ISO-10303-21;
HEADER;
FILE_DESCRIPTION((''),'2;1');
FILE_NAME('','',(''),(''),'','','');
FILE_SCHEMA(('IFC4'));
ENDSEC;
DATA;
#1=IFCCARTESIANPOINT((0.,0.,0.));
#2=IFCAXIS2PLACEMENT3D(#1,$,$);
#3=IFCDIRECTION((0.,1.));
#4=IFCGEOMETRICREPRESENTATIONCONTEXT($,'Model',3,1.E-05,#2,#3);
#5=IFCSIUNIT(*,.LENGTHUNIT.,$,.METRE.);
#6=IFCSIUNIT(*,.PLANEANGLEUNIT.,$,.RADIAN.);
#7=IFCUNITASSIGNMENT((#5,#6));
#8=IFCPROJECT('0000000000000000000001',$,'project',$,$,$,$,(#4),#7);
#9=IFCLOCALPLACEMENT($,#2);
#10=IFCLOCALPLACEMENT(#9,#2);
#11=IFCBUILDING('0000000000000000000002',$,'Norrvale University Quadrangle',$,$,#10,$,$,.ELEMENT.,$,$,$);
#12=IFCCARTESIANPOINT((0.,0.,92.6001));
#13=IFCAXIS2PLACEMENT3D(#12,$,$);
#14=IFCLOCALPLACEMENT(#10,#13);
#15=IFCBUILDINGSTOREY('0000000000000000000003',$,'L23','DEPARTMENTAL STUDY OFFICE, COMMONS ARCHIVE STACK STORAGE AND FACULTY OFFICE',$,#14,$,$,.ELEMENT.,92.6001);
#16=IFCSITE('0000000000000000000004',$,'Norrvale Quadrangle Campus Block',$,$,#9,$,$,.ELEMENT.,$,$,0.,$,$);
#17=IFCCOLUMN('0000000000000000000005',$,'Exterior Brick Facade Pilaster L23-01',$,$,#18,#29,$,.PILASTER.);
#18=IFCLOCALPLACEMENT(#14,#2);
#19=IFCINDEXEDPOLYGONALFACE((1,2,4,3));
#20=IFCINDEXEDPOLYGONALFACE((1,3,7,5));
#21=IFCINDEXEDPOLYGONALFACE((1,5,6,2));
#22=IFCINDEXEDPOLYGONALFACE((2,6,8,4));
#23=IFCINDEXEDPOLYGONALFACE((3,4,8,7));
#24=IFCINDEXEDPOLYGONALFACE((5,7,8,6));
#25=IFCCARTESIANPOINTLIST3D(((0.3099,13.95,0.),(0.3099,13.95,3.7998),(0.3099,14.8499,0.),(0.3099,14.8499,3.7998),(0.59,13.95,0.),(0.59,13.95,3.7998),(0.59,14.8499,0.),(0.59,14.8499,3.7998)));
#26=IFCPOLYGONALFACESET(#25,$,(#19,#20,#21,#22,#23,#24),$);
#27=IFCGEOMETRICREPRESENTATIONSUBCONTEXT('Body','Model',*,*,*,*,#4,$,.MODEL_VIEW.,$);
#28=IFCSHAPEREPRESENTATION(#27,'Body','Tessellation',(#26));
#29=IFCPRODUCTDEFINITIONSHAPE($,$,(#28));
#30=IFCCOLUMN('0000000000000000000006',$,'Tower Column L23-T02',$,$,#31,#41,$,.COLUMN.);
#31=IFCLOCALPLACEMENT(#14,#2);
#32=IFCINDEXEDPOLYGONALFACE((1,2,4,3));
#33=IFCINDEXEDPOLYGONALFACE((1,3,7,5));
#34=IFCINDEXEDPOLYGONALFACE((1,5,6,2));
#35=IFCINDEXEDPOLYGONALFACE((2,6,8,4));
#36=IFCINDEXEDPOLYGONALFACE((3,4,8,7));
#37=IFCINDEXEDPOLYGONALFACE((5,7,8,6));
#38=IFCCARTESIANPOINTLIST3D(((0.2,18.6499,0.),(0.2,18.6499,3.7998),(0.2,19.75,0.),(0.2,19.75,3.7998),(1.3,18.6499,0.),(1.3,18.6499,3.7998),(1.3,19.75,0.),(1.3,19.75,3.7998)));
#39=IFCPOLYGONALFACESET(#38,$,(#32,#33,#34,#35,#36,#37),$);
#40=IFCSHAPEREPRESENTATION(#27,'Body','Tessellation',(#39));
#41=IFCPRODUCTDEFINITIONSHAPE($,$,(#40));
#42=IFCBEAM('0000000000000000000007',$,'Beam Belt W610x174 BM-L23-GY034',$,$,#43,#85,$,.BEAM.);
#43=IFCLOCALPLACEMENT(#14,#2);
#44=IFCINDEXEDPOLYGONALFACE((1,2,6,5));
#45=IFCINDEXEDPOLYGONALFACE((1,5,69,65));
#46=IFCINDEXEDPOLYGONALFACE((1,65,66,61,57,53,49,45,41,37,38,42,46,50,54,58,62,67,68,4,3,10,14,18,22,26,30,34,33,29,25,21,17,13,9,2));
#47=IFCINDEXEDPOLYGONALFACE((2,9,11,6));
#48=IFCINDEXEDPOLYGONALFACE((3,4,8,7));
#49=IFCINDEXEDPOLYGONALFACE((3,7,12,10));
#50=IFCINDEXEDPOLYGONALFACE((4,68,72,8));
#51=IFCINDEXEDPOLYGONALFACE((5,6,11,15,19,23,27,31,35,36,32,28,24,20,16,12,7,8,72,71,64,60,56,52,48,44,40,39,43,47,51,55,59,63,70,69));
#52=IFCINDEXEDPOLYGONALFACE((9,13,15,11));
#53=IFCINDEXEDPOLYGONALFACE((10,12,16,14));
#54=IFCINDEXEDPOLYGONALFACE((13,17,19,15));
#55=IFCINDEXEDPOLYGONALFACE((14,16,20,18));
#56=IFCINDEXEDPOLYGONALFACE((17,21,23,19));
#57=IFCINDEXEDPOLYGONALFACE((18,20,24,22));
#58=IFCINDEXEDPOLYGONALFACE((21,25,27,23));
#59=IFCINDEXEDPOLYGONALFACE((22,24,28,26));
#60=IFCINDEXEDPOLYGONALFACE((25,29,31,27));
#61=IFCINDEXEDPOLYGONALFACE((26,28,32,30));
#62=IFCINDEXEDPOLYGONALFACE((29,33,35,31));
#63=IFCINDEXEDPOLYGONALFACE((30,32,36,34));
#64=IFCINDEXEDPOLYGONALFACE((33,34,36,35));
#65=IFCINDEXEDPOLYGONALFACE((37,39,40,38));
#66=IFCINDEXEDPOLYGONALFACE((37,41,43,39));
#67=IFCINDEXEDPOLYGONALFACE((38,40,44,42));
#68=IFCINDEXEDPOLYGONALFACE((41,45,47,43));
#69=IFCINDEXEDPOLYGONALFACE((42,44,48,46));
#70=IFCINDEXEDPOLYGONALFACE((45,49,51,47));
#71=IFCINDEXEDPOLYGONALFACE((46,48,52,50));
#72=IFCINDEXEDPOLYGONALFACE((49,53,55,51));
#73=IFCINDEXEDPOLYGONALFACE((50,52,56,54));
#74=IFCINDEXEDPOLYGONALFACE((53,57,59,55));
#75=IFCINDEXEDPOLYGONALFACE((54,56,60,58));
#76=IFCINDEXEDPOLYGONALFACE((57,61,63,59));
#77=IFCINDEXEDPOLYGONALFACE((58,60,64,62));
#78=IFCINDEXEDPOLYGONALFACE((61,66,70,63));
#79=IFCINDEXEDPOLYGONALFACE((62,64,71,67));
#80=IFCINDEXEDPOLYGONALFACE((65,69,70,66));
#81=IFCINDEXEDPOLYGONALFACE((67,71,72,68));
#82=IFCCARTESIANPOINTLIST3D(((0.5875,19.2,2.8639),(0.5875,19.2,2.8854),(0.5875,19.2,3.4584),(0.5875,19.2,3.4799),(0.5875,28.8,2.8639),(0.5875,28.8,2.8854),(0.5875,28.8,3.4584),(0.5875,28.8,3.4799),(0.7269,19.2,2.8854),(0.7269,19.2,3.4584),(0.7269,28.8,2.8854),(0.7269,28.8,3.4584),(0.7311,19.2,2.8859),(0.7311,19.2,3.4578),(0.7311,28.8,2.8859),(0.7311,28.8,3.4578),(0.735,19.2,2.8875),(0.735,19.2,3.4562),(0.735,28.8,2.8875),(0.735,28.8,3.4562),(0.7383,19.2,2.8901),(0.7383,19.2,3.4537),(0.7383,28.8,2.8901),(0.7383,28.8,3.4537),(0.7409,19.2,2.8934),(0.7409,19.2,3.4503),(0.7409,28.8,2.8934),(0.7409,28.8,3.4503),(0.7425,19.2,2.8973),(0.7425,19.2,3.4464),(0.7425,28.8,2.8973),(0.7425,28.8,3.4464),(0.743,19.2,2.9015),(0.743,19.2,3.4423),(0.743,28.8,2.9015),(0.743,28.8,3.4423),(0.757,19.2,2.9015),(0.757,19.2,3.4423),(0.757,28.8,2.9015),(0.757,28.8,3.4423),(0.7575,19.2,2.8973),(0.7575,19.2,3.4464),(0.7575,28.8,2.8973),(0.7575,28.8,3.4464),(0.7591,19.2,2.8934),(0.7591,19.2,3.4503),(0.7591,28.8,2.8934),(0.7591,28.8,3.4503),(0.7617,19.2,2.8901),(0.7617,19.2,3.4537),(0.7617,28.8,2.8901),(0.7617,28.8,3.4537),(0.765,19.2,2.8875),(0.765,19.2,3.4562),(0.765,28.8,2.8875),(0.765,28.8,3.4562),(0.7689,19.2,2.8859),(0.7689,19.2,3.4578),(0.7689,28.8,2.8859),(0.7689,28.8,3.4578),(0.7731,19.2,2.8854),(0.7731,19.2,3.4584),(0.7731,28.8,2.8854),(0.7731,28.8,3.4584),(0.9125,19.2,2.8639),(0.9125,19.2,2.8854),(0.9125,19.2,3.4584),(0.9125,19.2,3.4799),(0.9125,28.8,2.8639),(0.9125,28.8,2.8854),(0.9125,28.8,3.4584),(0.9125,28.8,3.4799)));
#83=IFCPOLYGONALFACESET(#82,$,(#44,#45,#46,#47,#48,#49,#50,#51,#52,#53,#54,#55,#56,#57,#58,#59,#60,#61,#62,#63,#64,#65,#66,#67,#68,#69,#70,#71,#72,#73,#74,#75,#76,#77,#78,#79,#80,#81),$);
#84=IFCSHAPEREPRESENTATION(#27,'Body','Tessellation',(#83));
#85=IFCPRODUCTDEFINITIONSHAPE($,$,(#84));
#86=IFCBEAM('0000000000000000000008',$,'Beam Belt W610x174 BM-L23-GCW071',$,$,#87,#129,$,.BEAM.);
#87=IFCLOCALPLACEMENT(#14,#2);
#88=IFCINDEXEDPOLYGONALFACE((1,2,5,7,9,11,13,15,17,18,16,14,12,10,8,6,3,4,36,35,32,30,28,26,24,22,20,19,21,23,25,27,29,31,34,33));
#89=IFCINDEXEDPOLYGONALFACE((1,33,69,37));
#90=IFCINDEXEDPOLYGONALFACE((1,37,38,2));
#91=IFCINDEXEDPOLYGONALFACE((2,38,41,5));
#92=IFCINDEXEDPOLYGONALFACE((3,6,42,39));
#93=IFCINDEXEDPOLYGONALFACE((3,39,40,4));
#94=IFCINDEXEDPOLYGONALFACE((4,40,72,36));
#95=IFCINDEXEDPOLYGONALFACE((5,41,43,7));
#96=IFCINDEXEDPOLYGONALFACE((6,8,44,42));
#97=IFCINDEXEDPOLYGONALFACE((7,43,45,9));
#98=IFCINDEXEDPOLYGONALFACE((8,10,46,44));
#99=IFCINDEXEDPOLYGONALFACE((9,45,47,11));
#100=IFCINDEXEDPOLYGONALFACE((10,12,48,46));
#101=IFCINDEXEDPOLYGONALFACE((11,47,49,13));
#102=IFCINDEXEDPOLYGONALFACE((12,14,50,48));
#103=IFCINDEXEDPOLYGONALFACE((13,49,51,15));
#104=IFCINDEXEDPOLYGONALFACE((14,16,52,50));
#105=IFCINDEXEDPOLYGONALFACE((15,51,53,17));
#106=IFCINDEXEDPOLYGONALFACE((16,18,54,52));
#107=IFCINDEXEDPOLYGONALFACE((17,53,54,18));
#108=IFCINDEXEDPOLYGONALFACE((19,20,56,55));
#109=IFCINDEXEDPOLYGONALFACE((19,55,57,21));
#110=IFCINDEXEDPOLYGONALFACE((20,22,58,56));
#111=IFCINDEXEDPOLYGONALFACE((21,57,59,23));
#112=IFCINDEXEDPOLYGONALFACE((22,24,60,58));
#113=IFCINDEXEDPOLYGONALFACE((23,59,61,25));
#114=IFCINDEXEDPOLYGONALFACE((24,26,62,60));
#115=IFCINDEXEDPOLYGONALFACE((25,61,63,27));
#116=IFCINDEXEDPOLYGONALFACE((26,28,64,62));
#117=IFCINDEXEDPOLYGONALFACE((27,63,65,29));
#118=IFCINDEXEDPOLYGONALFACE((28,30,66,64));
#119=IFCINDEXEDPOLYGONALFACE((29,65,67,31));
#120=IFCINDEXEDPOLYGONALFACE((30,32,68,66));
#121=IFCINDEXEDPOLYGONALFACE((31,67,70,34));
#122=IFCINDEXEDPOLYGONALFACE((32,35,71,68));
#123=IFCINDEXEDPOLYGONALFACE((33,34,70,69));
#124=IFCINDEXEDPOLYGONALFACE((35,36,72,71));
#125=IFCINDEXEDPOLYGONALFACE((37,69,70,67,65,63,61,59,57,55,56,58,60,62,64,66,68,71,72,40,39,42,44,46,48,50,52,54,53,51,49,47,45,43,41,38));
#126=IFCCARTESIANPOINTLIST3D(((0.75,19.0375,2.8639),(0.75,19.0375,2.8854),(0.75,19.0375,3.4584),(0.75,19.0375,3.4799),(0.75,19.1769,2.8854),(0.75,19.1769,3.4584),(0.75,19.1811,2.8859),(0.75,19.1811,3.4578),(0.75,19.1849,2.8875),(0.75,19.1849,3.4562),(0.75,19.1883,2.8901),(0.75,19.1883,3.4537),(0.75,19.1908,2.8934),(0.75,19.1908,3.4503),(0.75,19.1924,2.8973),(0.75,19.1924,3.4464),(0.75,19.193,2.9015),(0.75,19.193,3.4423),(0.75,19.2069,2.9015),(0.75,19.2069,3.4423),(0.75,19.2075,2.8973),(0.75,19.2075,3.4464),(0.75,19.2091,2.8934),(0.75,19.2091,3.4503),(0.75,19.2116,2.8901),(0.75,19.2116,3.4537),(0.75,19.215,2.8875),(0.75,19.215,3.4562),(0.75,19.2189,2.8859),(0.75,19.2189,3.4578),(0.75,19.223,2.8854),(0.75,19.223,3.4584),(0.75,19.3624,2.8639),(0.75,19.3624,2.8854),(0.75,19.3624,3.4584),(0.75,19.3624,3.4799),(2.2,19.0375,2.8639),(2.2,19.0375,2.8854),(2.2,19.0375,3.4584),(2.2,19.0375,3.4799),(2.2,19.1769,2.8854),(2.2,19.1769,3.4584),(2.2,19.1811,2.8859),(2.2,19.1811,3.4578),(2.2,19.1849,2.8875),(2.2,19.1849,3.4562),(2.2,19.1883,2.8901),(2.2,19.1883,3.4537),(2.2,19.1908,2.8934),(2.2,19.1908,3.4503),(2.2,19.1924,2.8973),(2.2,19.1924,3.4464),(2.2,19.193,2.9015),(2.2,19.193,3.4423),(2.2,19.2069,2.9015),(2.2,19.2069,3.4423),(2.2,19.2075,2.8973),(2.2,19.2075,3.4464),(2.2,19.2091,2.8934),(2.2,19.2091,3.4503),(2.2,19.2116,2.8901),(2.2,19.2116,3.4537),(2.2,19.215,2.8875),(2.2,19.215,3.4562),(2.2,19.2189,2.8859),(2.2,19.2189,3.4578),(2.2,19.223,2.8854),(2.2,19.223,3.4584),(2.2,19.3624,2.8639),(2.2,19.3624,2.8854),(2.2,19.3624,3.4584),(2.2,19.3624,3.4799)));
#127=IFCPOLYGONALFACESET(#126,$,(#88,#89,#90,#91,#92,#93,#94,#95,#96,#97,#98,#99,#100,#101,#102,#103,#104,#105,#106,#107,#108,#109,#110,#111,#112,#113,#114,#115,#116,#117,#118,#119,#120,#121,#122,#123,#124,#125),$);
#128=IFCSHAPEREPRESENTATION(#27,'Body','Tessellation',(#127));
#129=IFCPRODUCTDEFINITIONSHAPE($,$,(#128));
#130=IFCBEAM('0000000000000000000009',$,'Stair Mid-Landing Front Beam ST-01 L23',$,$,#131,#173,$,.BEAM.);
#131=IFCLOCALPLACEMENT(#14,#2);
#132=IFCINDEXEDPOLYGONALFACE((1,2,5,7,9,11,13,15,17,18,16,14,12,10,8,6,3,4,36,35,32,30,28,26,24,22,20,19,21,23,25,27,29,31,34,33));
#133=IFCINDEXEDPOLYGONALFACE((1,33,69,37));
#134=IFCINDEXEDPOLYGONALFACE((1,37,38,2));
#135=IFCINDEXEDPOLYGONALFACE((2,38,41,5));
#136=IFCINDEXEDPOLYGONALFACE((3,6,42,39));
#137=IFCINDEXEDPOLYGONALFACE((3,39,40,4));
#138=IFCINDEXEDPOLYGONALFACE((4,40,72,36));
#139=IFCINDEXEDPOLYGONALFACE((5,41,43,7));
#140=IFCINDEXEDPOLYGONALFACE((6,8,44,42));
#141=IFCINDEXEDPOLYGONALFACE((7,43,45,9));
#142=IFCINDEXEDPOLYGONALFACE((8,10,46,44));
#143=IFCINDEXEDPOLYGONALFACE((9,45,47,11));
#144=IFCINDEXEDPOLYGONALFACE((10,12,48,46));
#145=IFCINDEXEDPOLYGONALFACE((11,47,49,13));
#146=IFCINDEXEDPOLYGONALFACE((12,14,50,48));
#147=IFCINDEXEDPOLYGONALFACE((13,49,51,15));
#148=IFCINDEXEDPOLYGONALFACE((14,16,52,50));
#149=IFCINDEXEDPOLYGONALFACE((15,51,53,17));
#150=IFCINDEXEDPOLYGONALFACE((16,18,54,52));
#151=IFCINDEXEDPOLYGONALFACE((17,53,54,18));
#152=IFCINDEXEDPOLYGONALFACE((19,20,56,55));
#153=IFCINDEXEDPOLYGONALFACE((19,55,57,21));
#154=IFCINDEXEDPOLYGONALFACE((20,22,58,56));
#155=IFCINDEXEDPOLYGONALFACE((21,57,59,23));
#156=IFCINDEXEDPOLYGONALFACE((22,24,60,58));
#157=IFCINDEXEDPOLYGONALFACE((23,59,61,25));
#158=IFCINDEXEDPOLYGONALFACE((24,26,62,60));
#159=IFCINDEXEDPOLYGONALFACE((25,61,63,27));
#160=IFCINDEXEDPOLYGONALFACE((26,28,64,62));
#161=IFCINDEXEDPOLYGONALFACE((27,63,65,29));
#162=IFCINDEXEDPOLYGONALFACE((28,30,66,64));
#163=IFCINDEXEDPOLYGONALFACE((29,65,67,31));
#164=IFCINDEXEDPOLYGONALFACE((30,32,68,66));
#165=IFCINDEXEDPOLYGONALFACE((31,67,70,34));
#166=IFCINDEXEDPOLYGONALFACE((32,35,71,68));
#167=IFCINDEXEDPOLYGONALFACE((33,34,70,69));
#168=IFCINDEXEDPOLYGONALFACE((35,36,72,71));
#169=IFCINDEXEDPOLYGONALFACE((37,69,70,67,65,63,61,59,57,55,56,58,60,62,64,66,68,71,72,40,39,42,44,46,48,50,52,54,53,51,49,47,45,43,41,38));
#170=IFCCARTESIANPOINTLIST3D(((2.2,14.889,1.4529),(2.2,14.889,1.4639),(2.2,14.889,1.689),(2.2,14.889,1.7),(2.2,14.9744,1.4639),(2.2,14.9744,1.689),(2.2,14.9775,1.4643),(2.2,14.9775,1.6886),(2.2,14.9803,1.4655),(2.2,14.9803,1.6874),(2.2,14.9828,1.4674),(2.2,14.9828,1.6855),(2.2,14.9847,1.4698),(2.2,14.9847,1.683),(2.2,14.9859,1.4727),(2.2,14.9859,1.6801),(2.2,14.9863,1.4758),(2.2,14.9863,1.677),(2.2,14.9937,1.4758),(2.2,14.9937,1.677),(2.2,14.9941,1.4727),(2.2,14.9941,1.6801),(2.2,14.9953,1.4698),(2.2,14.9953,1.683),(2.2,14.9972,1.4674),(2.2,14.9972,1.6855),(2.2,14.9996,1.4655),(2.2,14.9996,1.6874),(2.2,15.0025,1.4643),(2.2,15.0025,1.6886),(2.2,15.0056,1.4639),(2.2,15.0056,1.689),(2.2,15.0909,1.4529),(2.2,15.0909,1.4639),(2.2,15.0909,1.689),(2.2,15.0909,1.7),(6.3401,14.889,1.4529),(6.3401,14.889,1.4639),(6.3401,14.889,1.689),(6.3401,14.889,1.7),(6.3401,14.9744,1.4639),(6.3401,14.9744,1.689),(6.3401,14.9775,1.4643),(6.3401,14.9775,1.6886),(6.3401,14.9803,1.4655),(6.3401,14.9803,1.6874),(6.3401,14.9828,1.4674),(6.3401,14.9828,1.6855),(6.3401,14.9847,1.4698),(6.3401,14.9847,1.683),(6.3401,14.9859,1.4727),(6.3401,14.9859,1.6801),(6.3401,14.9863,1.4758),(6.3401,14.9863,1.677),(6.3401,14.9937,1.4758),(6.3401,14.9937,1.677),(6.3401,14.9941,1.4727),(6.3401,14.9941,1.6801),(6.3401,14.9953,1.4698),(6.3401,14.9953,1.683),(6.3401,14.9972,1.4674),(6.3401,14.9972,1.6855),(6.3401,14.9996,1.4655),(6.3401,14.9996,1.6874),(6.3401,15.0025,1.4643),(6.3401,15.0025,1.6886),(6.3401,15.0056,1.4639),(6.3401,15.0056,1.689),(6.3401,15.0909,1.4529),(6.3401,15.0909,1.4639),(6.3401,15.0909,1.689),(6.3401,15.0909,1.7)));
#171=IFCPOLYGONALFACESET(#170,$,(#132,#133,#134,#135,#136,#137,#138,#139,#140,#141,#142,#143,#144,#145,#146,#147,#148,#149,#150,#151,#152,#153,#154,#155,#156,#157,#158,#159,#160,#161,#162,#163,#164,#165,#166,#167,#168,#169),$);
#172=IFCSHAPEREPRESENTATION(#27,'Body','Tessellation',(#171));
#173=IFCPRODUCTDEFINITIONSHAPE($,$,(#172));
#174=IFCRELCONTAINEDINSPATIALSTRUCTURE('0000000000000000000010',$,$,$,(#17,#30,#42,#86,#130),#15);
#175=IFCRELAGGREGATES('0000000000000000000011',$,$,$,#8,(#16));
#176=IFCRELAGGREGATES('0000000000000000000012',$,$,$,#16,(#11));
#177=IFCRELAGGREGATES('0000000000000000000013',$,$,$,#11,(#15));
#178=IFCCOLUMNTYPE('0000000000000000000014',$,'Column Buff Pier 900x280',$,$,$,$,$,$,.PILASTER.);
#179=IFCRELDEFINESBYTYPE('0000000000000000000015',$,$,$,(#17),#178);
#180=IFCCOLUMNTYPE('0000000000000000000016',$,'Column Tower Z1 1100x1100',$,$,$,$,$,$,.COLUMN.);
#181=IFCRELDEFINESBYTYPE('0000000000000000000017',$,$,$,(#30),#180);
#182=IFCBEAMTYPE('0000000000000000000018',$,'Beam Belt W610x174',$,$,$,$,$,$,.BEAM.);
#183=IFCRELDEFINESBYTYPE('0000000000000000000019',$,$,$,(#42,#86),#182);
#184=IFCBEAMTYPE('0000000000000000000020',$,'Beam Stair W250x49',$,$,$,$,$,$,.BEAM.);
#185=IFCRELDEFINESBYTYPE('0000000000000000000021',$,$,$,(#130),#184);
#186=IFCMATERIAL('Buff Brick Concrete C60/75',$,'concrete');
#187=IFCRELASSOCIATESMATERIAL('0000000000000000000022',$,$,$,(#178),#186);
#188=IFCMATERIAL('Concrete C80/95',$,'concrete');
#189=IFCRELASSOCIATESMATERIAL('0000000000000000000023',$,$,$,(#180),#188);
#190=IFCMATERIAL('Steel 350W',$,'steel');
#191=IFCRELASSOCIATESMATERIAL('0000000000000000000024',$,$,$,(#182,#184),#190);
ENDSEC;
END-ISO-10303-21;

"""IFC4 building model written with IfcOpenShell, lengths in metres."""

from ifc_helpers import new_model, si_unit, direction, frame, origin, origin_2d, place, context, subcontext, project, spatial, rectangle, i_section, extrude, material, material_profile, profile_set, type_object, element, save


model = new_model("IFC4")

# Units and contexts
model_context = context("Model", 3, precision=1e-05, world=origin(), true_north=direction((0.0, 1.0)))
body_context = subcontext(model_context, "Body", "Model", "MODEL_VIEW")
ifc_project = project(units=[si_unit("LENGTHUNIT", "METRE"), si_unit("PLANEANGLEUNIT", "RADIAN")], contexts=[model_context])

# Site, building, storey
site_placement = place(None, origin())
site = spatial("IfcSite", under=ifc_project, at=site_placement, Name="Norrvale Quadrangle Campus Block", CompositionType="ELEMENT", RefElevation=0.0)
building_placement = place(site_placement, origin())
building = spatial("IfcBuilding", under=site, at=building_placement, Name="Norrvale University Quadrangle", CompositionType="ELEMENT")
storey_placement = place(building_placement, frame((0.0, 0.0, 92.6001)))
storey = spatial("IfcBuildingStorey", under=building, at=storey_placement, Name="L23", Description="DEPARTMENTAL STUDY OFFICE, COMMONS ARCHIVE STACK STORAGE AND FACULTY OFFICE", CompositionType="ELEMENT", Elevation=92.6001)

# Columns
ifc_material_1 = material(Name="Buff Brick Concrete C60/75", Category="concrete")
ifc_material_profile_1 = material_profile(ifc_material_1, rectangle(XDim=0.8999, YDim=0.28, at=origin_2d()), Name="Buff Brick Concrete C60/75")
ifc_profile_set_1 = profile_set([ifc_material_profile_1], Name="Buff Brick Concrete C60/75")
column_type_1 = type_object("IfcColumnType", Name="Column Buff Pier 900x280", PredefinedType="PILASTER", material=ifc_profile_set_1)
column_1_placement = place(storey_placement, frame((0.45, 14.3999, 0.0), z_axis=(0.0, 0.0, 1.0), x_axis=(0.0, 1.0, 0.0)))
element("IfcColumn", 1, at=column_1_placement, inside=storey, type_object=column_type_1, Name="Exterior Brick Facade Pilaster L23-01", PredefinedType="PILASTER", context=body_context, shape_type="SweptSolid", body=[
    extrude(rectangle(XDim=0.8999, YDim=0.28, at=origin_2d()), origin(), (0.0, 0.0, 1.0), 3.7998),
])
ifc_material_2 = material(Name="Concrete C80/95", Category="concrete")
ifc_material_profile_2 = material_profile(ifc_material_2, rectangle(XDim=1.1001, YDim=1.1001, at=origin_2d()), Name="Concrete C80/95")
ifc_profile_set_2 = profile_set([ifc_material_profile_2], Name="Concrete C80/95")
column_type_2 = type_object("IfcColumnType", Name="Column Tower Z1 1100x1100", PredefinedType="COLUMN", material=ifc_profile_set_2)
column_2_placement = place(storey_placement, frame((0.75, 19.2, 0.0), z_axis=(0.0, 0.0, 1.0), x_axis=(1.0, 0.0, 0.0)))
element("IfcColumn", 2, at=column_2_placement, inside=storey, type_object=column_type_2, Name="Tower Column L23-T02", PredefinedType="COLUMN", context=body_context, shape_type="SweptSolid", body=[
    extrude(rectangle(XDim=1.1001, YDim=1.1001, at=origin_2d()), origin(), (0.0, 0.0, 1.0), 3.7998),
])

# Beams
ifc_material_3 = material(Name="Steel 350W", Category="steel")
ifc_material_profile_3 = material_profile(ifc_material_3, i_section(OverallWidth=0.325, OverallDepth=0.616, WebThickness=0.0139, FlangeThickness=0.0215, FilletRadius=0.0161, at=origin_2d()), Name="Steel 350W")
ifc_profile_set_3 = profile_set([ifc_material_profile_3], Name="Steel 350W")
beam_type_1 = type_object("IfcBeamType", Name="Beam Belt W610x174", PredefinedType="BEAM", material=ifc_profile_set_3)
beam_1_placement = place(storey_placement, frame((0.75, 19.2, 3.1719), z_axis=(0.0, 1.0, 0.0), x_axis=(-1.0, 0.0, 0.0)))
element("IfcBeam", 3, at=beam_1_placement, inside=storey, type_object=beam_type_1, Name="Beam Belt W610x174 BM-L23-GY034", PredefinedType="BEAM", context=body_context, shape_type="SweptSolid", body=[
    extrude(i_section(OverallWidth=0.325, OverallDepth=0.616, WebThickness=0.0139, FlangeThickness=0.0215, FilletRadius=0.0161, at=origin_2d()), origin(), (0.0, 0.0, 1.0), 9.6001),
])
beam_2_placement = place(storey_placement, frame((0.75, 19.2, 3.1719), z_axis=(1.0, 0.0, 0.0), x_axis=(0.0, 1.0, 0.0)))
element("IfcBeam", 4, at=beam_2_placement, inside=storey, type_object=beam_type_1, Name="Beam Belt W610x174 BM-L23-GCW071", PredefinedType="BEAM", context=body_context, shape_type="SweptSolid", body=[
    extrude(i_section(OverallWidth=0.325, OverallDepth=0.616, WebThickness=0.0139, FlangeThickness=0.0215, FilletRadius=0.0161, at=origin_2d()), origin(), (0.0, 0.0, 1.0), 1.45),
])
ifc_material_profile_4 = material_profile(ifc_material_3, i_section(OverallWidth=0.2019, OverallDepth=0.2471, WebThickness=0.0073, FlangeThickness=0.011, FilletRadius=0.012, at=origin_2d()), Name="Steel 350W")
ifc_profile_set_4 = profile_set([ifc_material_profile_4], Name="Steel 350W")
beam_type_2 = type_object("IfcBeamType", Name="Beam Stair W250x49", PredefinedType="BEAM", material=ifc_profile_set_4)
for number, where, z_axis, x_axis, name in (
    (5, (2.2, 14.99, 1.5764), (1.0, 0.0, 0.0), (0.0, 1.0, 0.0), "Stair Mid-Landing Front Beam ST-01 L23"),
):
    element("IfcBeam", number, at=place(storey_placement, frame(where, z_axis=z_axis, x_axis=x_axis)), inside=storey, type_object=beam_type_2, Name=name, PredefinedType="BEAM", context=body_context, shape_type="SweptSolid", body=[
        extrude(i_section(OverallWidth=0.2019, OverallDepth=0.2471, WebThickness=0.0073, FlangeThickness=0.011, FilletRadius=0.012, at=origin_2d()), origin(), (0.0, 0.0, 1.0), 4.1401),
    ])

save(model, "model.ifc")
